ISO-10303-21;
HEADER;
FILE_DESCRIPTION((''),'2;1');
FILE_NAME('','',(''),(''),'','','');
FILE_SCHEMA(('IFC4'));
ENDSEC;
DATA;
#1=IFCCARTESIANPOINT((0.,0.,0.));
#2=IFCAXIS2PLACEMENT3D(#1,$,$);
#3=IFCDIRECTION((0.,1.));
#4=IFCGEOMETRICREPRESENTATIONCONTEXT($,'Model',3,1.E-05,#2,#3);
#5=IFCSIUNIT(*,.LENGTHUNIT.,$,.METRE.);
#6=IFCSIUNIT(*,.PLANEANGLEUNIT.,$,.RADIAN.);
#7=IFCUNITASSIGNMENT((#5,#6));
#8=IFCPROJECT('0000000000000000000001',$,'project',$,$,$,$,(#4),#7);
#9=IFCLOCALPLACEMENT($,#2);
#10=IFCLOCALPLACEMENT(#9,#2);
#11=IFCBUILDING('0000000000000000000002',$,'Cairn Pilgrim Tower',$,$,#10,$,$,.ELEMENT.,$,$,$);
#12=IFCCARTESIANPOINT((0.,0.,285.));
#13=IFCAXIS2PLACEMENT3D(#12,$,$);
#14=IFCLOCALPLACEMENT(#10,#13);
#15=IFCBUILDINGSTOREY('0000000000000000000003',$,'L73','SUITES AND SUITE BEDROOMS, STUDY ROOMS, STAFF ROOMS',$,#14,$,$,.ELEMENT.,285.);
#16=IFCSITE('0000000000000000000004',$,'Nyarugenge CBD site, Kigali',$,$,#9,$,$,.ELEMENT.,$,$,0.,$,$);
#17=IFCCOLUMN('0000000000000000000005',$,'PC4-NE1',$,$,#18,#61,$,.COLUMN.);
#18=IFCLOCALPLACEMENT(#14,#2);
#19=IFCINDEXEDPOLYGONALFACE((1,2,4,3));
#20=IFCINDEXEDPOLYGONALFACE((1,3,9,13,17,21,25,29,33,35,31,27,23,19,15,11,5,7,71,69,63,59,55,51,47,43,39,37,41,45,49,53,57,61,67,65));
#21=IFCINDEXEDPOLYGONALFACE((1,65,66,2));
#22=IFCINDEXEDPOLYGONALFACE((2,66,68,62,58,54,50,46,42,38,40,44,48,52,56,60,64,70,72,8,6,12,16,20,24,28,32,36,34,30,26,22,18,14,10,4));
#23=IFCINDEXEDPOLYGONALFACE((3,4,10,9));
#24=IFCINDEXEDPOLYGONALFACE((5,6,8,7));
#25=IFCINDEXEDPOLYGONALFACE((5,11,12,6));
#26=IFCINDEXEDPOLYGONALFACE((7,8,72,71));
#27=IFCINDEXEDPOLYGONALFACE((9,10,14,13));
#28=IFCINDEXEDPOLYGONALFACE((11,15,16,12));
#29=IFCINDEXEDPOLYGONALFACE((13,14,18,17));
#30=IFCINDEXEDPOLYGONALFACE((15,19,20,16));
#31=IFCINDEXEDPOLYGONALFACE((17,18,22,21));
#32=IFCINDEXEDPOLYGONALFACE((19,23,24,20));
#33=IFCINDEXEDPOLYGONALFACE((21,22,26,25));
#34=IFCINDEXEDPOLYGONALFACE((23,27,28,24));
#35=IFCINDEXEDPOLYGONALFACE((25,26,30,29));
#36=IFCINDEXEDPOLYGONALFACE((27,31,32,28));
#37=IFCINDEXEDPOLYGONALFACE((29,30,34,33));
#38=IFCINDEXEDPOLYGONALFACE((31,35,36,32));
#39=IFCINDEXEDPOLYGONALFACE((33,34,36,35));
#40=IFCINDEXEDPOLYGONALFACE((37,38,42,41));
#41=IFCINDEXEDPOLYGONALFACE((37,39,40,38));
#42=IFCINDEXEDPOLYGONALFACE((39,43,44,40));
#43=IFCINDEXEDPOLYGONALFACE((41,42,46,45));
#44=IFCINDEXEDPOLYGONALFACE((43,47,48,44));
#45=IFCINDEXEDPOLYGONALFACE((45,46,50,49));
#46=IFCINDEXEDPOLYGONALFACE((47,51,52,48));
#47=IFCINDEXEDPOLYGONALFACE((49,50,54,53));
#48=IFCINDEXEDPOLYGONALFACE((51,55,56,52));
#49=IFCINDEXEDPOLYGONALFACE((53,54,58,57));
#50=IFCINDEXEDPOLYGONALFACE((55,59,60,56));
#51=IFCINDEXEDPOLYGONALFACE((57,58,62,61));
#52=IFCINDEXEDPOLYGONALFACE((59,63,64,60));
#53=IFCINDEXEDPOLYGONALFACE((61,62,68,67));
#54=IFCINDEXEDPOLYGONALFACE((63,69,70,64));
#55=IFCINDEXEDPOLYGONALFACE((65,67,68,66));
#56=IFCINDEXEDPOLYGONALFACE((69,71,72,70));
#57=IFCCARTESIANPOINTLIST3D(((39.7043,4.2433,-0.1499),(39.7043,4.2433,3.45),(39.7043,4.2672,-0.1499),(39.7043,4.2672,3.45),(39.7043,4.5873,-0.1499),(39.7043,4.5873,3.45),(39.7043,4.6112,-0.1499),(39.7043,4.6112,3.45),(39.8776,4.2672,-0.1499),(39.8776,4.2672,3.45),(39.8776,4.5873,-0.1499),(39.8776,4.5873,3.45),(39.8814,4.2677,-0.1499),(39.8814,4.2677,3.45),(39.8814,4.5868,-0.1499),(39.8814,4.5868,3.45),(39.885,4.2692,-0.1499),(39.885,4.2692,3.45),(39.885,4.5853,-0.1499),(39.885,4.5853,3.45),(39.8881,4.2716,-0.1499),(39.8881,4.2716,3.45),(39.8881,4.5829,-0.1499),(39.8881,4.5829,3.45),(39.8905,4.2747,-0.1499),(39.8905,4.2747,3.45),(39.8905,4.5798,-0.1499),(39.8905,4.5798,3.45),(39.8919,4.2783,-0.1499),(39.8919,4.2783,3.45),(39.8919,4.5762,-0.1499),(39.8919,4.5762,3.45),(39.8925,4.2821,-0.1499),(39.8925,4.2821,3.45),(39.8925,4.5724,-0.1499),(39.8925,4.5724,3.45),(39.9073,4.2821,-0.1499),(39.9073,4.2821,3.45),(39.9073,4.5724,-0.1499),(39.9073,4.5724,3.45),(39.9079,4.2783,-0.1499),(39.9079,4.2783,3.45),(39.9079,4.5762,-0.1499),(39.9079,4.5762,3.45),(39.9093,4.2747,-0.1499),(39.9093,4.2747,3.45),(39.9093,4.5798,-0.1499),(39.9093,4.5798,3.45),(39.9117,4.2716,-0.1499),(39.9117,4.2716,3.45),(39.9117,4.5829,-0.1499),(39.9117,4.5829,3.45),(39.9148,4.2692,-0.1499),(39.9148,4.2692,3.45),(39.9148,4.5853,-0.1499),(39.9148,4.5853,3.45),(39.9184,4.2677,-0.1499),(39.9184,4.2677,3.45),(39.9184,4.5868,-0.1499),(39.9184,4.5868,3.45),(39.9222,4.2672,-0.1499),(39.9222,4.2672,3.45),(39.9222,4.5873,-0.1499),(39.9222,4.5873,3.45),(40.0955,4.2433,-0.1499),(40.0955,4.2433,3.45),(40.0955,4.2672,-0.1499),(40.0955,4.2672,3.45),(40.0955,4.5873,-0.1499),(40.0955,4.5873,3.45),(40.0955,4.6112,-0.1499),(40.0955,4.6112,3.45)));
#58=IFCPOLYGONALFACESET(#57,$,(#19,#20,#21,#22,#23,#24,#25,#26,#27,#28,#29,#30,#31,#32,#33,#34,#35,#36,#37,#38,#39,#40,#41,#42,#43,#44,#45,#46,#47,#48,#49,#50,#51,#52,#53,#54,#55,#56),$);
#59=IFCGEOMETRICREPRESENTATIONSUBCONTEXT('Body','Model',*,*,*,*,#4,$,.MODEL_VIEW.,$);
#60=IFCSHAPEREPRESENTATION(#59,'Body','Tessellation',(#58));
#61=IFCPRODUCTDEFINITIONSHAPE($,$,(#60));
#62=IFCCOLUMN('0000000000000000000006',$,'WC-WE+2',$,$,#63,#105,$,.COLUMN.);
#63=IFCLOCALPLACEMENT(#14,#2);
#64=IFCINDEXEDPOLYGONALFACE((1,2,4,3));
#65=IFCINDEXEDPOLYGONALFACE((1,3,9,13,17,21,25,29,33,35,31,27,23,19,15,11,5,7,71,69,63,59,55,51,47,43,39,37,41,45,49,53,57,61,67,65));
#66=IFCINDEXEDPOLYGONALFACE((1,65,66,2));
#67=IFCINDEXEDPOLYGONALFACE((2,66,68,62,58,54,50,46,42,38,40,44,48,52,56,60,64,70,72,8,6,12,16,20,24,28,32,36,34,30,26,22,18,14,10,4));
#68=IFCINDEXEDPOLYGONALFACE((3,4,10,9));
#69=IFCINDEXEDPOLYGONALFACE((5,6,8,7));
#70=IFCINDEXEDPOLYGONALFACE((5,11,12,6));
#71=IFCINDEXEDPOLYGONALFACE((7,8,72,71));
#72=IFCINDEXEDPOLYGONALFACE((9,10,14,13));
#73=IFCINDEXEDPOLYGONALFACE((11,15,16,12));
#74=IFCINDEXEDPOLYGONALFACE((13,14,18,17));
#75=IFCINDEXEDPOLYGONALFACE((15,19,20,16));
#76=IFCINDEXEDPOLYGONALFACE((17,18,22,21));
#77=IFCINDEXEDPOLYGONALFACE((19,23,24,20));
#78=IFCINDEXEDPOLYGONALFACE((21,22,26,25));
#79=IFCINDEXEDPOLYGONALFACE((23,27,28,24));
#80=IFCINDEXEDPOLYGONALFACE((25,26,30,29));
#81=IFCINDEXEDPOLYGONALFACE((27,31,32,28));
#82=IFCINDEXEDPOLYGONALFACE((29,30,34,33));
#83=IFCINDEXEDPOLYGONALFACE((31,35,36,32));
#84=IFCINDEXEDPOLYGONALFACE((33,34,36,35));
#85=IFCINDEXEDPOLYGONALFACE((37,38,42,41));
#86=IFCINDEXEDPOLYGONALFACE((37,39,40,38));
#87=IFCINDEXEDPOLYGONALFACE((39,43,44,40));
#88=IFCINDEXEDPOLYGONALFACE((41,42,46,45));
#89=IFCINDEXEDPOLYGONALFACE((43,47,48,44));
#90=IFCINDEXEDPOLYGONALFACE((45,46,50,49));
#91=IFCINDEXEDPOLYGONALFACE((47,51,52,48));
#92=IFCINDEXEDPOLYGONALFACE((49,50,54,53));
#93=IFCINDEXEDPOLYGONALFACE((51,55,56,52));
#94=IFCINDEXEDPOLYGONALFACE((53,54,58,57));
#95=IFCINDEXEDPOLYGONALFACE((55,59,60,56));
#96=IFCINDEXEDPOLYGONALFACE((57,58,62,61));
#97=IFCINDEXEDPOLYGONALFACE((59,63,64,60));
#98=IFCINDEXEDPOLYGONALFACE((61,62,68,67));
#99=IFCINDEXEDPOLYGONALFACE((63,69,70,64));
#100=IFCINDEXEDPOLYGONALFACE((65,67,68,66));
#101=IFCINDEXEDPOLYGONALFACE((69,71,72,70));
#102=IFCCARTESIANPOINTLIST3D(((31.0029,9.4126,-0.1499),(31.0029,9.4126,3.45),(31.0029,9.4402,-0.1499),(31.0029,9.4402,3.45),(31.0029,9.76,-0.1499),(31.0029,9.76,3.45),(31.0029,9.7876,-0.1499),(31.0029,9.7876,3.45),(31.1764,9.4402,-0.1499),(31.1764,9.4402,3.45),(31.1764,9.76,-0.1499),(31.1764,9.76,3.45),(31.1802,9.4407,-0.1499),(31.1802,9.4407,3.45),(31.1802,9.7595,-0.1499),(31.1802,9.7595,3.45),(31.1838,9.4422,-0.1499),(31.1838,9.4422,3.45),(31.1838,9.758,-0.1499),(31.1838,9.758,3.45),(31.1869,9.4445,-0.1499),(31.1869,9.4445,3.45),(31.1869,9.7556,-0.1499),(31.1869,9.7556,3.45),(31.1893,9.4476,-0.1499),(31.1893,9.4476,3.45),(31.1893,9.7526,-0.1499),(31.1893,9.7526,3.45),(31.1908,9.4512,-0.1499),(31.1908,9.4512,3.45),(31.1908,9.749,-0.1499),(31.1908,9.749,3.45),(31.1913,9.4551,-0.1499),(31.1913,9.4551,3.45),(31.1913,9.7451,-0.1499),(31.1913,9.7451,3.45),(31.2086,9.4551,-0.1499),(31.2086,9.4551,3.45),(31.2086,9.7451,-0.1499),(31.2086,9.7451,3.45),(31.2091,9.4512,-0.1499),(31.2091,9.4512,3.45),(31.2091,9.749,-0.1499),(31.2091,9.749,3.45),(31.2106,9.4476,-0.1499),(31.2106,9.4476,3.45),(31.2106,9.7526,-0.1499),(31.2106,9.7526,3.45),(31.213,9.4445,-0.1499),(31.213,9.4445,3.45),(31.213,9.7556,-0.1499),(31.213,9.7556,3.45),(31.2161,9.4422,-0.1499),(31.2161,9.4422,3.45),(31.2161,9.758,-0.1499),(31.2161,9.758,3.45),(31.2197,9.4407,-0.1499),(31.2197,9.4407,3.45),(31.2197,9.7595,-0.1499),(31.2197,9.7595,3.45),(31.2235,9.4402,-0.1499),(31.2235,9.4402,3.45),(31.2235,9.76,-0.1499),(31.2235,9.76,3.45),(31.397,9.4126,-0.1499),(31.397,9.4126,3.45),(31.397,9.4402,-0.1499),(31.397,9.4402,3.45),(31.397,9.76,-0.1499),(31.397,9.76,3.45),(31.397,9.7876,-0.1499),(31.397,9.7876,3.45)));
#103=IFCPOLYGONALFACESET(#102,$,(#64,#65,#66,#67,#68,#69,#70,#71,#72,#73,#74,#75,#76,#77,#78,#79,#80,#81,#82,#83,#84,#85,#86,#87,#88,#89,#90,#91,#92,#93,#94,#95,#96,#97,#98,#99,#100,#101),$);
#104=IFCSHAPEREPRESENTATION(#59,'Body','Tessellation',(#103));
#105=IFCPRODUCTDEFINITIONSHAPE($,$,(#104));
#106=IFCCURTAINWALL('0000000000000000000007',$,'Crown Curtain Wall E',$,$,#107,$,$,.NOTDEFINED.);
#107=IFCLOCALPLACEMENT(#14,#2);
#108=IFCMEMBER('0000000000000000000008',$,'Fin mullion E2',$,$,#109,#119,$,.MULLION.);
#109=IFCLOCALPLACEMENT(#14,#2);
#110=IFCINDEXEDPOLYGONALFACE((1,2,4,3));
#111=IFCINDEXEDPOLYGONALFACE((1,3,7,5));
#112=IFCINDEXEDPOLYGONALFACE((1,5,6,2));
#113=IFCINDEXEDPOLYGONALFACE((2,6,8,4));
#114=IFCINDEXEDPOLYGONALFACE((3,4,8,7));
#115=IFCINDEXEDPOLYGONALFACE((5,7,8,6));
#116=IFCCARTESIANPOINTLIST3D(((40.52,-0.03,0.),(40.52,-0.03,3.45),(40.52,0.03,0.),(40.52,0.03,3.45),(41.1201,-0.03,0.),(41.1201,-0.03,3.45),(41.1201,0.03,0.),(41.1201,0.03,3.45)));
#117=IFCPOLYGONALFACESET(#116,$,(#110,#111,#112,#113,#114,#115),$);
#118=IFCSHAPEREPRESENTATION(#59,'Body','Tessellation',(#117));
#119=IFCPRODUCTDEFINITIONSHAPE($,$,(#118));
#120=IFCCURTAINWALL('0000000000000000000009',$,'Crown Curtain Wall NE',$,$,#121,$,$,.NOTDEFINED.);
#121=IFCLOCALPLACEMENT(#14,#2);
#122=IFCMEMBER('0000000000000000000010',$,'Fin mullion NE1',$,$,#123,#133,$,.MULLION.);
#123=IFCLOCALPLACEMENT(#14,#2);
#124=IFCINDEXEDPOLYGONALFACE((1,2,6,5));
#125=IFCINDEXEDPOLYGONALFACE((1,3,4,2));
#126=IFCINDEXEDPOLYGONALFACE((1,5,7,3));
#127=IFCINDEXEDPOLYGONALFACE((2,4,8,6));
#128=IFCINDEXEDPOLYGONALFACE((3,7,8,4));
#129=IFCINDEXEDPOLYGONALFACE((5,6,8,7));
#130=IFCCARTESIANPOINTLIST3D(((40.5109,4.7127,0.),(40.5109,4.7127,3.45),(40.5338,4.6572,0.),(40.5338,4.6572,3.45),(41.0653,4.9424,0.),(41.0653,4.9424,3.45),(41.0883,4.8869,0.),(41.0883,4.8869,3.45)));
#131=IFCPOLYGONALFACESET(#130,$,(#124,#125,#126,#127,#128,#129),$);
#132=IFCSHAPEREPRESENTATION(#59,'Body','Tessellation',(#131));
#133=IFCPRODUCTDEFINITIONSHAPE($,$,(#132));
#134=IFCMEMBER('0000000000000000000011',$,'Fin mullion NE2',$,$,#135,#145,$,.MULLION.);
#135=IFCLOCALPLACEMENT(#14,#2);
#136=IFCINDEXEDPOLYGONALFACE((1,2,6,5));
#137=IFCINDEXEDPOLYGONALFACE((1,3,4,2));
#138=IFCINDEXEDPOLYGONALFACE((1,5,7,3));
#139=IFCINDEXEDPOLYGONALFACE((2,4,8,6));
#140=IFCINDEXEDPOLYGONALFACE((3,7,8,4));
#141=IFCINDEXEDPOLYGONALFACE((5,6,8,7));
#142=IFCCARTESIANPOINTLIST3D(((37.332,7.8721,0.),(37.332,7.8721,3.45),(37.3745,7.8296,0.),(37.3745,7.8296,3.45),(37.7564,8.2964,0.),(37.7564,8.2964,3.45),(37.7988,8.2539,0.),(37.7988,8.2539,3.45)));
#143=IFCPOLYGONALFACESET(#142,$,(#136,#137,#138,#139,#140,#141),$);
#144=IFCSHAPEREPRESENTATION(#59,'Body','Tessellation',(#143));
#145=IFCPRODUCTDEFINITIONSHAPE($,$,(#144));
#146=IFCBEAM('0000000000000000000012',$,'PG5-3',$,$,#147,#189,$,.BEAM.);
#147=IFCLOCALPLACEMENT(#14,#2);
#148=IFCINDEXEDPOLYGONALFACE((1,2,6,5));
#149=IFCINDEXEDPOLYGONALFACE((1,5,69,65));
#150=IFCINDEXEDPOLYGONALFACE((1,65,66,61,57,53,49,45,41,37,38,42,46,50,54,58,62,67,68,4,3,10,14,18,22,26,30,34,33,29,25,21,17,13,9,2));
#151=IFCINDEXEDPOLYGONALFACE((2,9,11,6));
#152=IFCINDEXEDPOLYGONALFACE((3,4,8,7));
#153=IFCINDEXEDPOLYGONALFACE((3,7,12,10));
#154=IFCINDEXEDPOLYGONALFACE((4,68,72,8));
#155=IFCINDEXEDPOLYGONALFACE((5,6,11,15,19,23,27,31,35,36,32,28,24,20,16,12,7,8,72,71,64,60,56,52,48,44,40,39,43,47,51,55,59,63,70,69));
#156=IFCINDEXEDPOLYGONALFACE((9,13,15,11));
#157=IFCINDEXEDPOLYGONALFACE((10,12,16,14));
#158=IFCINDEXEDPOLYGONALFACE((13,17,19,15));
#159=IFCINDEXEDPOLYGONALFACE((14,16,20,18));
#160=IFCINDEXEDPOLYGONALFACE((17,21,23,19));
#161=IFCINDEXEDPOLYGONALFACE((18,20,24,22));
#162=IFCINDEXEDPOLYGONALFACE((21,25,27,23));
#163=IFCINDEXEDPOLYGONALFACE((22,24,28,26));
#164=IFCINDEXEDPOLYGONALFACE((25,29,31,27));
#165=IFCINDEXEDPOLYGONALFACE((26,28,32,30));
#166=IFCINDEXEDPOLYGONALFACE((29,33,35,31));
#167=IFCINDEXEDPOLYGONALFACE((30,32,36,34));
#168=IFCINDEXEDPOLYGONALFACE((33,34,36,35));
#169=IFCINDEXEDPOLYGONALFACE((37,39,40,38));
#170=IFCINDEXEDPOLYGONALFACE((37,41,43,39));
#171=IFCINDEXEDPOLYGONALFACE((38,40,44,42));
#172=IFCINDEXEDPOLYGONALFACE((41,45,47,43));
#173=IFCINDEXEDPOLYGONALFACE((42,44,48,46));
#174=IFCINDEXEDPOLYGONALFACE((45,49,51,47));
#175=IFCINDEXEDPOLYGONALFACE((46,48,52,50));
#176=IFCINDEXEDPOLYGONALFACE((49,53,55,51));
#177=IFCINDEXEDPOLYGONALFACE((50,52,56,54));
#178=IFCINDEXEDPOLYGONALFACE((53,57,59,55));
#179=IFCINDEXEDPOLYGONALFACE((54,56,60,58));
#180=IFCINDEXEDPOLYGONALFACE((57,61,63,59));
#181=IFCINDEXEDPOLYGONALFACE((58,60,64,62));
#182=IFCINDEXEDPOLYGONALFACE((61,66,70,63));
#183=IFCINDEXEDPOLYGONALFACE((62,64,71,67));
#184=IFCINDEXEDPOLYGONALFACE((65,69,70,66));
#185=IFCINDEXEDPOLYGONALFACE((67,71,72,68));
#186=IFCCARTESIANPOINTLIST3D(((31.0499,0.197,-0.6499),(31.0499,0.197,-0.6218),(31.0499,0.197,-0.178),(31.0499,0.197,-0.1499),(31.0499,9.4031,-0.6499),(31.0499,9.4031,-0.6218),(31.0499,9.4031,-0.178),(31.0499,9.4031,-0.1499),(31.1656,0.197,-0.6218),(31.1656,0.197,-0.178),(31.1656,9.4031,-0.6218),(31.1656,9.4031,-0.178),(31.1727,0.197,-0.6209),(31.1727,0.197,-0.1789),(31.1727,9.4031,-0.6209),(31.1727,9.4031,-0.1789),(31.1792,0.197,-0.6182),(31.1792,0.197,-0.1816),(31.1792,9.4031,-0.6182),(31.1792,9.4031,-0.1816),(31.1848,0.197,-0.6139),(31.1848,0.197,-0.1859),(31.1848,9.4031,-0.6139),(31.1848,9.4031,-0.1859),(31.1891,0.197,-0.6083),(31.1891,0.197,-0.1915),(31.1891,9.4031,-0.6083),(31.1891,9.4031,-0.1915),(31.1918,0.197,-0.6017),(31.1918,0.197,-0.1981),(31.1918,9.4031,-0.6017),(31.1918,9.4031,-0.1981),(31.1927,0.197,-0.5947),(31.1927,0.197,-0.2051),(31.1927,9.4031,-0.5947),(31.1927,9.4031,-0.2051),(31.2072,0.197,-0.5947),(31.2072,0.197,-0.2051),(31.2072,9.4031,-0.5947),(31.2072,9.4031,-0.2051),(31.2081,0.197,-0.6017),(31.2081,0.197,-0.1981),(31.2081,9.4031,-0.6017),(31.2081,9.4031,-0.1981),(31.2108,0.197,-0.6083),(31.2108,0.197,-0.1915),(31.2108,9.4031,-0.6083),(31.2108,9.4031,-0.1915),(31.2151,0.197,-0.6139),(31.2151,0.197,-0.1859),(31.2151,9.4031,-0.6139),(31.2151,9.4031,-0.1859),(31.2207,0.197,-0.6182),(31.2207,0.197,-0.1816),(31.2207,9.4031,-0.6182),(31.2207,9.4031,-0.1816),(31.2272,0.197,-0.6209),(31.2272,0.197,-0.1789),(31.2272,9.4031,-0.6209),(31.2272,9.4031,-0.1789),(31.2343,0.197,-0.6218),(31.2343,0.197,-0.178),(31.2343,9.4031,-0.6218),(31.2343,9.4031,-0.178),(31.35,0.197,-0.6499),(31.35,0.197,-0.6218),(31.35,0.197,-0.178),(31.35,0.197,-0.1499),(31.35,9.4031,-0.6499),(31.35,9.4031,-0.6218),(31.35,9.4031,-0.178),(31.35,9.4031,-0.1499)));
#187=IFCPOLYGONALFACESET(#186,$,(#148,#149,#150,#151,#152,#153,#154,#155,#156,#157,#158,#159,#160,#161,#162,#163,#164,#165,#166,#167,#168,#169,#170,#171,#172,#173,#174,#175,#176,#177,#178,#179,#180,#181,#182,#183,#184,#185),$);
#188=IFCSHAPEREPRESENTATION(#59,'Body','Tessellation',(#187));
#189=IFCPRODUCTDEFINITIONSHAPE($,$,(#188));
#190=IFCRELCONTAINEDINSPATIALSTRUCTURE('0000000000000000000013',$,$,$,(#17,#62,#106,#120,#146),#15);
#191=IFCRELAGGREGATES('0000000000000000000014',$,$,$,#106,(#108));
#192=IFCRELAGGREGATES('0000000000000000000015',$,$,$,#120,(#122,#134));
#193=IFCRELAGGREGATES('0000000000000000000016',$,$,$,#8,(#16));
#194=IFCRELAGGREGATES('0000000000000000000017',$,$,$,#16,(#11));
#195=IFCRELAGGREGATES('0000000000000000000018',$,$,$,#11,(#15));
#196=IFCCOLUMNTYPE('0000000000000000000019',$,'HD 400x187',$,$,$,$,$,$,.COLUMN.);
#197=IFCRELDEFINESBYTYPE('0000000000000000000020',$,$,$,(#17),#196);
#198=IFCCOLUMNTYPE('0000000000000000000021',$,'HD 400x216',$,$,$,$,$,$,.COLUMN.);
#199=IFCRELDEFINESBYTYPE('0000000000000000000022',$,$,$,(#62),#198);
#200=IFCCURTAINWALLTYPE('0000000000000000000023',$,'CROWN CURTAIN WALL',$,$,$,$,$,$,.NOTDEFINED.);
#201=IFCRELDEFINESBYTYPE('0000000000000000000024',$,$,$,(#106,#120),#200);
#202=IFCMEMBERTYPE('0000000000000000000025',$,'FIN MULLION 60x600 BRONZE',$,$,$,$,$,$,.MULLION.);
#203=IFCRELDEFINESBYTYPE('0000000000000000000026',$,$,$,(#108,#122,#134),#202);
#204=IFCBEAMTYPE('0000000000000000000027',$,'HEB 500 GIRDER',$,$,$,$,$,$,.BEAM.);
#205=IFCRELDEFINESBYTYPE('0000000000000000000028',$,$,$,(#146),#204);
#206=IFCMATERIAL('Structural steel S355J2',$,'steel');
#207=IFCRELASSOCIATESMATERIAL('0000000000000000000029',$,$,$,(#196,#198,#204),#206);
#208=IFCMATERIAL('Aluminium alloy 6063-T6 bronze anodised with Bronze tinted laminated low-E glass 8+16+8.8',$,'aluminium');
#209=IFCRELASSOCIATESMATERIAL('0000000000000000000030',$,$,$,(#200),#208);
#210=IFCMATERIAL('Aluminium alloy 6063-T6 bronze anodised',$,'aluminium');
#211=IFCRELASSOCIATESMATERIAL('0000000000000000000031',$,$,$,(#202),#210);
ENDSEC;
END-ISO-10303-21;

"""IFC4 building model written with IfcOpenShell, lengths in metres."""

from ifc_helpers import new_model, si_unit, direction, frame, origin, origin_2d, place, context, subcontext, project, spatial, rectangle, i_section, extrude, material, material_profile, profile_set, type_object, element, aggregate, save


model = new_model("IFC4")

# Units and contexts
model_context = context("Model", 3, precision=1e-05, world=origin(), true_north=direction((0.0, 1.0)))
body_context = subcontext(model_context, "Body", "Model", "MODEL_VIEW")
ifc_project = project(units=[si_unit("LENGTHUNIT", "METRE"), si_unit("PLANEANGLEUNIT", "RADIAN")], contexts=[model_context])

# Site, building, storey
site_placement = place(None, origin())
site = spatial("IfcSite", under=ifc_project, at=site_placement, Name="Nyarugenge CBD site, Kigali", CompositionType="ELEMENT", RefElevation=0.0)
building_placement = place(site_placement, origin())
building = spatial("IfcBuilding", under=site, at=building_placement, Name="Cairn Pilgrim Tower", CompositionType="ELEMENT")
storey_placement = place(building_placement, frame((0.0, 0.0, 285.0)))
storey = spatial("IfcBuildingStorey", under=building, at=storey_placement, Name="L73", Description="SUITES AND SUITE BEDROOMS, STUDY ROOMS, STAFF ROOMS", CompositionType="ELEMENT", Elevation=285.0)

# Columns
ifc_material_1 = material(Name="Structural steel S355J2", Category="steel")
ifc_material_profile_1 = material_profile(ifc_material_1, i_section(OverallWidth=0.3911, OverallDepth=0.3679, WebThickness=0.0149, FlangeThickness=0.0239, FilletRadius=0.0149, at=origin_2d()), Name="HD 400x187")
ifc_profile_set_1 = profile_set([ifc_material_profile_1], Name="Structural steel S355J2")
column_type_1 = type_object("IfcColumnType", Name="HD 400x187", PredefinedType="COLUMN", material=ifc_profile_set_1)
column_1_placement = place(storey_placement, frame((39.8999, 4.4272, -0.1499), z_axis=(0.0, 0.0, 1.0), x_axis=(1.0, 0.0, 0.0)))
element("IfcColumn", 1, at=column_1_placement, inside=storey, type_object=column_type_1, Name="PC4-NE1", PredefinedType="COLUMN", context=body_context, shape_type="SweptSolid", body=[
    extrude(i_section(OverallWidth=0.3911, OverallDepth=0.3679, WebThickness=0.0149, FlangeThickness=0.0239, FilletRadius=0.0149, at=origin_2d()), origin(), (0.0, 0.0, 1.0), 3.5999),
])
ifc_material_profile_2 = material_profile(ifc_material_1, i_section(OverallWidth=0.394, OverallDepth=0.375, WebThickness=0.0173, FlangeThickness=0.0276, FilletRadius=0.0149, at=origin_2d()), Name="HD 400x216")
ifc_profile_set_2 = profile_set([ifc_material_profile_2], Name="Structural steel S355J2")
column_type_2 = type_object("IfcColumnType", Name="HD 400x216", PredefinedType="COLUMN", material=ifc_profile_set_2)
column_2_placement = place(storey_placement, frame((31.2, 9.6001, -0.1499), z_axis=(0.0, 0.0, 1.0), x_axis=(1.0, 0.0, 0.0)))
element("IfcColumn", 2, at=column_2_placement, inside=storey, type_object=column_type_2, Name="WC-WE+2", PredefinedType="COLUMN", context=body_context, shape_type="SweptSolid", body=[
    extrude(i_section(OverallWidth=0.394, OverallDepth=0.375, WebThickness=0.0173, FlangeThickness=0.0276, FilletRadius=0.0149, at=origin_2d()), origin(), (0.0, 0.0, 1.0), 3.5999),
])

# Curtain wall, member
ifc_material_2 = material(Name="Aluminium alloy 6063-T6 bronze anodised with Bronze tinted laminated low-E glass 8+16+8.8", Category="aluminium")
curtain_wall_type = type_object("IfcCurtainWallType", Name="CROWN CURTAIN WALL", PredefinedType="NOTDEFINED", material=ifc_material_2)
curtain_wall_1_placement = place(storey_placement, origin())
curtain_wall_1 = element("IfcCurtainWall", 3, at=curtain_wall_1_placement, inside=storey, type_object=curtain_wall_type, Name="Crown Curtain Wall E", PredefinedType="NOTDEFINED")
ifc_material_3 = material(Name="Aluminium alloy 6063-T6 bronze anodised", Category="aluminium")
ifc_material_profile_3 = material_profile(ifc_material_3, rectangle(XDim=0.6001, YDim=0.0601, at=origin_2d()), Name="FIN MULLION 60x600 BRONZE")
ifc_profile_set_3 = profile_set([ifc_material_profile_3], Name="Aluminium alloy 6063-T6 bronze anodised")
member_type = type_object("IfcMemberType", Name="FIN MULLION 60x600 BRONZE", PredefinedType="MULLION", material=ifc_profile_set_3)
member_1_placement = place(storey_placement, frame((40.8201, 0.0, 0.0), z_axis=(0.0, 0.0, 1.0), x_axis=(1.0, 0.0, 0.0)))
member_1 = element("IfcMember", 4, at=member_1_placement, type_object=member_type, Name="Fin mullion E2", PredefinedType="MULLION", context=body_context, shape_type="SweptSolid", body=[
    extrude(rectangle(XDim=0.6001, YDim=0.0601, at=origin_2d()), origin(), (0.0, 0.0, 1.0), 3.45),
])
aggregate(curtain_wall_1, [member_1])

# Curtain wall, members
curtain_wall_2_placement = place(storey_placement, origin())
curtain_wall_2 = element("IfcCurtainWall", 5, at=curtain_wall_2_placement, inside=storey, type_object=curtain_wall_type, Name="Crown Curtain Wall NE", PredefinedType="NOTDEFINED")
member_2_placement = place(storey_placement, frame((40.7996, 4.7998, 0.0), z_axis=(0.0, 0.0, 1.0), x_axis=(0.92388, 0.382683, 0.0)))
member_2 = element("IfcMember", 6, at=member_2_placement, type_object=member_type, Name="Fin mullion NE1", PredefinedType="MULLION", context=body_context, shape_type="SweptSolid", body=[
    extrude(rectangle(XDim=0.6001, YDim=0.0601, at=origin_2d()), origin(), (0.0, 0.0, 1.0), 3.45),
])
member_3_placement = place(storey_placement, frame((37.5654, 8.063, 0.0), z_axis=(0.0, 0.0, 1.0), x_axis=(0.707107, 0.707107, 0.0)))
member_3 = element("IfcMember", 7, at=member_3_placement, type_object=member_type, Name="Fin mullion NE2", PredefinedType="MULLION", context=body_context, shape_type="SweptSolid", body=[
    extrude(rectangle(XDim=0.6001, YDim=0.0601, at=origin_2d()), origin(), (0.0, 0.0, 1.0), 3.45),
])
aggregate(curtain_wall_2, [member_2, member_3])

# Beam
ifc_material_profile_4 = material_profile(ifc_material_1, i_section(OverallWidth=0.3, OverallDepth=0.5, WebThickness=0.0144, FlangeThickness=0.0281, FilletRadius=0.0271, at=origin_2d()), Name="HEB 500")
ifc_profile_set_4 = profile_set([ifc_material_profile_4], Name="Structural steel S355J2")
beam_type_1 = type_object("IfcBeamType", Name="HEB 500 GIRDER", PredefinedType="BEAM", material=ifc_profile_set_4)
beam_1_placement = place(storey_placement, frame((31.2, 0.197, -0.3999), z_axis=(0.0, 1.0, 0.0), x_axis=(-1.0, 0.0, 0.0)))
element("IfcBeam", 8, at=beam_1_placement, inside=storey, type_object=beam_type_1, Name="PG5-3", PredefinedType="BEAM", context=body_context, shape_type="SweptSolid", body=[
    extrude(i_section(OverallWidth=0.3, OverallDepth=0.5, WebThickness=0.0144, FlangeThickness=0.0281, FilletRadius=0.0271, at=origin_2d()), origin(), (0.0, 0.0, 1.0), 9.2061),
])

save(model, "model.ifc")
